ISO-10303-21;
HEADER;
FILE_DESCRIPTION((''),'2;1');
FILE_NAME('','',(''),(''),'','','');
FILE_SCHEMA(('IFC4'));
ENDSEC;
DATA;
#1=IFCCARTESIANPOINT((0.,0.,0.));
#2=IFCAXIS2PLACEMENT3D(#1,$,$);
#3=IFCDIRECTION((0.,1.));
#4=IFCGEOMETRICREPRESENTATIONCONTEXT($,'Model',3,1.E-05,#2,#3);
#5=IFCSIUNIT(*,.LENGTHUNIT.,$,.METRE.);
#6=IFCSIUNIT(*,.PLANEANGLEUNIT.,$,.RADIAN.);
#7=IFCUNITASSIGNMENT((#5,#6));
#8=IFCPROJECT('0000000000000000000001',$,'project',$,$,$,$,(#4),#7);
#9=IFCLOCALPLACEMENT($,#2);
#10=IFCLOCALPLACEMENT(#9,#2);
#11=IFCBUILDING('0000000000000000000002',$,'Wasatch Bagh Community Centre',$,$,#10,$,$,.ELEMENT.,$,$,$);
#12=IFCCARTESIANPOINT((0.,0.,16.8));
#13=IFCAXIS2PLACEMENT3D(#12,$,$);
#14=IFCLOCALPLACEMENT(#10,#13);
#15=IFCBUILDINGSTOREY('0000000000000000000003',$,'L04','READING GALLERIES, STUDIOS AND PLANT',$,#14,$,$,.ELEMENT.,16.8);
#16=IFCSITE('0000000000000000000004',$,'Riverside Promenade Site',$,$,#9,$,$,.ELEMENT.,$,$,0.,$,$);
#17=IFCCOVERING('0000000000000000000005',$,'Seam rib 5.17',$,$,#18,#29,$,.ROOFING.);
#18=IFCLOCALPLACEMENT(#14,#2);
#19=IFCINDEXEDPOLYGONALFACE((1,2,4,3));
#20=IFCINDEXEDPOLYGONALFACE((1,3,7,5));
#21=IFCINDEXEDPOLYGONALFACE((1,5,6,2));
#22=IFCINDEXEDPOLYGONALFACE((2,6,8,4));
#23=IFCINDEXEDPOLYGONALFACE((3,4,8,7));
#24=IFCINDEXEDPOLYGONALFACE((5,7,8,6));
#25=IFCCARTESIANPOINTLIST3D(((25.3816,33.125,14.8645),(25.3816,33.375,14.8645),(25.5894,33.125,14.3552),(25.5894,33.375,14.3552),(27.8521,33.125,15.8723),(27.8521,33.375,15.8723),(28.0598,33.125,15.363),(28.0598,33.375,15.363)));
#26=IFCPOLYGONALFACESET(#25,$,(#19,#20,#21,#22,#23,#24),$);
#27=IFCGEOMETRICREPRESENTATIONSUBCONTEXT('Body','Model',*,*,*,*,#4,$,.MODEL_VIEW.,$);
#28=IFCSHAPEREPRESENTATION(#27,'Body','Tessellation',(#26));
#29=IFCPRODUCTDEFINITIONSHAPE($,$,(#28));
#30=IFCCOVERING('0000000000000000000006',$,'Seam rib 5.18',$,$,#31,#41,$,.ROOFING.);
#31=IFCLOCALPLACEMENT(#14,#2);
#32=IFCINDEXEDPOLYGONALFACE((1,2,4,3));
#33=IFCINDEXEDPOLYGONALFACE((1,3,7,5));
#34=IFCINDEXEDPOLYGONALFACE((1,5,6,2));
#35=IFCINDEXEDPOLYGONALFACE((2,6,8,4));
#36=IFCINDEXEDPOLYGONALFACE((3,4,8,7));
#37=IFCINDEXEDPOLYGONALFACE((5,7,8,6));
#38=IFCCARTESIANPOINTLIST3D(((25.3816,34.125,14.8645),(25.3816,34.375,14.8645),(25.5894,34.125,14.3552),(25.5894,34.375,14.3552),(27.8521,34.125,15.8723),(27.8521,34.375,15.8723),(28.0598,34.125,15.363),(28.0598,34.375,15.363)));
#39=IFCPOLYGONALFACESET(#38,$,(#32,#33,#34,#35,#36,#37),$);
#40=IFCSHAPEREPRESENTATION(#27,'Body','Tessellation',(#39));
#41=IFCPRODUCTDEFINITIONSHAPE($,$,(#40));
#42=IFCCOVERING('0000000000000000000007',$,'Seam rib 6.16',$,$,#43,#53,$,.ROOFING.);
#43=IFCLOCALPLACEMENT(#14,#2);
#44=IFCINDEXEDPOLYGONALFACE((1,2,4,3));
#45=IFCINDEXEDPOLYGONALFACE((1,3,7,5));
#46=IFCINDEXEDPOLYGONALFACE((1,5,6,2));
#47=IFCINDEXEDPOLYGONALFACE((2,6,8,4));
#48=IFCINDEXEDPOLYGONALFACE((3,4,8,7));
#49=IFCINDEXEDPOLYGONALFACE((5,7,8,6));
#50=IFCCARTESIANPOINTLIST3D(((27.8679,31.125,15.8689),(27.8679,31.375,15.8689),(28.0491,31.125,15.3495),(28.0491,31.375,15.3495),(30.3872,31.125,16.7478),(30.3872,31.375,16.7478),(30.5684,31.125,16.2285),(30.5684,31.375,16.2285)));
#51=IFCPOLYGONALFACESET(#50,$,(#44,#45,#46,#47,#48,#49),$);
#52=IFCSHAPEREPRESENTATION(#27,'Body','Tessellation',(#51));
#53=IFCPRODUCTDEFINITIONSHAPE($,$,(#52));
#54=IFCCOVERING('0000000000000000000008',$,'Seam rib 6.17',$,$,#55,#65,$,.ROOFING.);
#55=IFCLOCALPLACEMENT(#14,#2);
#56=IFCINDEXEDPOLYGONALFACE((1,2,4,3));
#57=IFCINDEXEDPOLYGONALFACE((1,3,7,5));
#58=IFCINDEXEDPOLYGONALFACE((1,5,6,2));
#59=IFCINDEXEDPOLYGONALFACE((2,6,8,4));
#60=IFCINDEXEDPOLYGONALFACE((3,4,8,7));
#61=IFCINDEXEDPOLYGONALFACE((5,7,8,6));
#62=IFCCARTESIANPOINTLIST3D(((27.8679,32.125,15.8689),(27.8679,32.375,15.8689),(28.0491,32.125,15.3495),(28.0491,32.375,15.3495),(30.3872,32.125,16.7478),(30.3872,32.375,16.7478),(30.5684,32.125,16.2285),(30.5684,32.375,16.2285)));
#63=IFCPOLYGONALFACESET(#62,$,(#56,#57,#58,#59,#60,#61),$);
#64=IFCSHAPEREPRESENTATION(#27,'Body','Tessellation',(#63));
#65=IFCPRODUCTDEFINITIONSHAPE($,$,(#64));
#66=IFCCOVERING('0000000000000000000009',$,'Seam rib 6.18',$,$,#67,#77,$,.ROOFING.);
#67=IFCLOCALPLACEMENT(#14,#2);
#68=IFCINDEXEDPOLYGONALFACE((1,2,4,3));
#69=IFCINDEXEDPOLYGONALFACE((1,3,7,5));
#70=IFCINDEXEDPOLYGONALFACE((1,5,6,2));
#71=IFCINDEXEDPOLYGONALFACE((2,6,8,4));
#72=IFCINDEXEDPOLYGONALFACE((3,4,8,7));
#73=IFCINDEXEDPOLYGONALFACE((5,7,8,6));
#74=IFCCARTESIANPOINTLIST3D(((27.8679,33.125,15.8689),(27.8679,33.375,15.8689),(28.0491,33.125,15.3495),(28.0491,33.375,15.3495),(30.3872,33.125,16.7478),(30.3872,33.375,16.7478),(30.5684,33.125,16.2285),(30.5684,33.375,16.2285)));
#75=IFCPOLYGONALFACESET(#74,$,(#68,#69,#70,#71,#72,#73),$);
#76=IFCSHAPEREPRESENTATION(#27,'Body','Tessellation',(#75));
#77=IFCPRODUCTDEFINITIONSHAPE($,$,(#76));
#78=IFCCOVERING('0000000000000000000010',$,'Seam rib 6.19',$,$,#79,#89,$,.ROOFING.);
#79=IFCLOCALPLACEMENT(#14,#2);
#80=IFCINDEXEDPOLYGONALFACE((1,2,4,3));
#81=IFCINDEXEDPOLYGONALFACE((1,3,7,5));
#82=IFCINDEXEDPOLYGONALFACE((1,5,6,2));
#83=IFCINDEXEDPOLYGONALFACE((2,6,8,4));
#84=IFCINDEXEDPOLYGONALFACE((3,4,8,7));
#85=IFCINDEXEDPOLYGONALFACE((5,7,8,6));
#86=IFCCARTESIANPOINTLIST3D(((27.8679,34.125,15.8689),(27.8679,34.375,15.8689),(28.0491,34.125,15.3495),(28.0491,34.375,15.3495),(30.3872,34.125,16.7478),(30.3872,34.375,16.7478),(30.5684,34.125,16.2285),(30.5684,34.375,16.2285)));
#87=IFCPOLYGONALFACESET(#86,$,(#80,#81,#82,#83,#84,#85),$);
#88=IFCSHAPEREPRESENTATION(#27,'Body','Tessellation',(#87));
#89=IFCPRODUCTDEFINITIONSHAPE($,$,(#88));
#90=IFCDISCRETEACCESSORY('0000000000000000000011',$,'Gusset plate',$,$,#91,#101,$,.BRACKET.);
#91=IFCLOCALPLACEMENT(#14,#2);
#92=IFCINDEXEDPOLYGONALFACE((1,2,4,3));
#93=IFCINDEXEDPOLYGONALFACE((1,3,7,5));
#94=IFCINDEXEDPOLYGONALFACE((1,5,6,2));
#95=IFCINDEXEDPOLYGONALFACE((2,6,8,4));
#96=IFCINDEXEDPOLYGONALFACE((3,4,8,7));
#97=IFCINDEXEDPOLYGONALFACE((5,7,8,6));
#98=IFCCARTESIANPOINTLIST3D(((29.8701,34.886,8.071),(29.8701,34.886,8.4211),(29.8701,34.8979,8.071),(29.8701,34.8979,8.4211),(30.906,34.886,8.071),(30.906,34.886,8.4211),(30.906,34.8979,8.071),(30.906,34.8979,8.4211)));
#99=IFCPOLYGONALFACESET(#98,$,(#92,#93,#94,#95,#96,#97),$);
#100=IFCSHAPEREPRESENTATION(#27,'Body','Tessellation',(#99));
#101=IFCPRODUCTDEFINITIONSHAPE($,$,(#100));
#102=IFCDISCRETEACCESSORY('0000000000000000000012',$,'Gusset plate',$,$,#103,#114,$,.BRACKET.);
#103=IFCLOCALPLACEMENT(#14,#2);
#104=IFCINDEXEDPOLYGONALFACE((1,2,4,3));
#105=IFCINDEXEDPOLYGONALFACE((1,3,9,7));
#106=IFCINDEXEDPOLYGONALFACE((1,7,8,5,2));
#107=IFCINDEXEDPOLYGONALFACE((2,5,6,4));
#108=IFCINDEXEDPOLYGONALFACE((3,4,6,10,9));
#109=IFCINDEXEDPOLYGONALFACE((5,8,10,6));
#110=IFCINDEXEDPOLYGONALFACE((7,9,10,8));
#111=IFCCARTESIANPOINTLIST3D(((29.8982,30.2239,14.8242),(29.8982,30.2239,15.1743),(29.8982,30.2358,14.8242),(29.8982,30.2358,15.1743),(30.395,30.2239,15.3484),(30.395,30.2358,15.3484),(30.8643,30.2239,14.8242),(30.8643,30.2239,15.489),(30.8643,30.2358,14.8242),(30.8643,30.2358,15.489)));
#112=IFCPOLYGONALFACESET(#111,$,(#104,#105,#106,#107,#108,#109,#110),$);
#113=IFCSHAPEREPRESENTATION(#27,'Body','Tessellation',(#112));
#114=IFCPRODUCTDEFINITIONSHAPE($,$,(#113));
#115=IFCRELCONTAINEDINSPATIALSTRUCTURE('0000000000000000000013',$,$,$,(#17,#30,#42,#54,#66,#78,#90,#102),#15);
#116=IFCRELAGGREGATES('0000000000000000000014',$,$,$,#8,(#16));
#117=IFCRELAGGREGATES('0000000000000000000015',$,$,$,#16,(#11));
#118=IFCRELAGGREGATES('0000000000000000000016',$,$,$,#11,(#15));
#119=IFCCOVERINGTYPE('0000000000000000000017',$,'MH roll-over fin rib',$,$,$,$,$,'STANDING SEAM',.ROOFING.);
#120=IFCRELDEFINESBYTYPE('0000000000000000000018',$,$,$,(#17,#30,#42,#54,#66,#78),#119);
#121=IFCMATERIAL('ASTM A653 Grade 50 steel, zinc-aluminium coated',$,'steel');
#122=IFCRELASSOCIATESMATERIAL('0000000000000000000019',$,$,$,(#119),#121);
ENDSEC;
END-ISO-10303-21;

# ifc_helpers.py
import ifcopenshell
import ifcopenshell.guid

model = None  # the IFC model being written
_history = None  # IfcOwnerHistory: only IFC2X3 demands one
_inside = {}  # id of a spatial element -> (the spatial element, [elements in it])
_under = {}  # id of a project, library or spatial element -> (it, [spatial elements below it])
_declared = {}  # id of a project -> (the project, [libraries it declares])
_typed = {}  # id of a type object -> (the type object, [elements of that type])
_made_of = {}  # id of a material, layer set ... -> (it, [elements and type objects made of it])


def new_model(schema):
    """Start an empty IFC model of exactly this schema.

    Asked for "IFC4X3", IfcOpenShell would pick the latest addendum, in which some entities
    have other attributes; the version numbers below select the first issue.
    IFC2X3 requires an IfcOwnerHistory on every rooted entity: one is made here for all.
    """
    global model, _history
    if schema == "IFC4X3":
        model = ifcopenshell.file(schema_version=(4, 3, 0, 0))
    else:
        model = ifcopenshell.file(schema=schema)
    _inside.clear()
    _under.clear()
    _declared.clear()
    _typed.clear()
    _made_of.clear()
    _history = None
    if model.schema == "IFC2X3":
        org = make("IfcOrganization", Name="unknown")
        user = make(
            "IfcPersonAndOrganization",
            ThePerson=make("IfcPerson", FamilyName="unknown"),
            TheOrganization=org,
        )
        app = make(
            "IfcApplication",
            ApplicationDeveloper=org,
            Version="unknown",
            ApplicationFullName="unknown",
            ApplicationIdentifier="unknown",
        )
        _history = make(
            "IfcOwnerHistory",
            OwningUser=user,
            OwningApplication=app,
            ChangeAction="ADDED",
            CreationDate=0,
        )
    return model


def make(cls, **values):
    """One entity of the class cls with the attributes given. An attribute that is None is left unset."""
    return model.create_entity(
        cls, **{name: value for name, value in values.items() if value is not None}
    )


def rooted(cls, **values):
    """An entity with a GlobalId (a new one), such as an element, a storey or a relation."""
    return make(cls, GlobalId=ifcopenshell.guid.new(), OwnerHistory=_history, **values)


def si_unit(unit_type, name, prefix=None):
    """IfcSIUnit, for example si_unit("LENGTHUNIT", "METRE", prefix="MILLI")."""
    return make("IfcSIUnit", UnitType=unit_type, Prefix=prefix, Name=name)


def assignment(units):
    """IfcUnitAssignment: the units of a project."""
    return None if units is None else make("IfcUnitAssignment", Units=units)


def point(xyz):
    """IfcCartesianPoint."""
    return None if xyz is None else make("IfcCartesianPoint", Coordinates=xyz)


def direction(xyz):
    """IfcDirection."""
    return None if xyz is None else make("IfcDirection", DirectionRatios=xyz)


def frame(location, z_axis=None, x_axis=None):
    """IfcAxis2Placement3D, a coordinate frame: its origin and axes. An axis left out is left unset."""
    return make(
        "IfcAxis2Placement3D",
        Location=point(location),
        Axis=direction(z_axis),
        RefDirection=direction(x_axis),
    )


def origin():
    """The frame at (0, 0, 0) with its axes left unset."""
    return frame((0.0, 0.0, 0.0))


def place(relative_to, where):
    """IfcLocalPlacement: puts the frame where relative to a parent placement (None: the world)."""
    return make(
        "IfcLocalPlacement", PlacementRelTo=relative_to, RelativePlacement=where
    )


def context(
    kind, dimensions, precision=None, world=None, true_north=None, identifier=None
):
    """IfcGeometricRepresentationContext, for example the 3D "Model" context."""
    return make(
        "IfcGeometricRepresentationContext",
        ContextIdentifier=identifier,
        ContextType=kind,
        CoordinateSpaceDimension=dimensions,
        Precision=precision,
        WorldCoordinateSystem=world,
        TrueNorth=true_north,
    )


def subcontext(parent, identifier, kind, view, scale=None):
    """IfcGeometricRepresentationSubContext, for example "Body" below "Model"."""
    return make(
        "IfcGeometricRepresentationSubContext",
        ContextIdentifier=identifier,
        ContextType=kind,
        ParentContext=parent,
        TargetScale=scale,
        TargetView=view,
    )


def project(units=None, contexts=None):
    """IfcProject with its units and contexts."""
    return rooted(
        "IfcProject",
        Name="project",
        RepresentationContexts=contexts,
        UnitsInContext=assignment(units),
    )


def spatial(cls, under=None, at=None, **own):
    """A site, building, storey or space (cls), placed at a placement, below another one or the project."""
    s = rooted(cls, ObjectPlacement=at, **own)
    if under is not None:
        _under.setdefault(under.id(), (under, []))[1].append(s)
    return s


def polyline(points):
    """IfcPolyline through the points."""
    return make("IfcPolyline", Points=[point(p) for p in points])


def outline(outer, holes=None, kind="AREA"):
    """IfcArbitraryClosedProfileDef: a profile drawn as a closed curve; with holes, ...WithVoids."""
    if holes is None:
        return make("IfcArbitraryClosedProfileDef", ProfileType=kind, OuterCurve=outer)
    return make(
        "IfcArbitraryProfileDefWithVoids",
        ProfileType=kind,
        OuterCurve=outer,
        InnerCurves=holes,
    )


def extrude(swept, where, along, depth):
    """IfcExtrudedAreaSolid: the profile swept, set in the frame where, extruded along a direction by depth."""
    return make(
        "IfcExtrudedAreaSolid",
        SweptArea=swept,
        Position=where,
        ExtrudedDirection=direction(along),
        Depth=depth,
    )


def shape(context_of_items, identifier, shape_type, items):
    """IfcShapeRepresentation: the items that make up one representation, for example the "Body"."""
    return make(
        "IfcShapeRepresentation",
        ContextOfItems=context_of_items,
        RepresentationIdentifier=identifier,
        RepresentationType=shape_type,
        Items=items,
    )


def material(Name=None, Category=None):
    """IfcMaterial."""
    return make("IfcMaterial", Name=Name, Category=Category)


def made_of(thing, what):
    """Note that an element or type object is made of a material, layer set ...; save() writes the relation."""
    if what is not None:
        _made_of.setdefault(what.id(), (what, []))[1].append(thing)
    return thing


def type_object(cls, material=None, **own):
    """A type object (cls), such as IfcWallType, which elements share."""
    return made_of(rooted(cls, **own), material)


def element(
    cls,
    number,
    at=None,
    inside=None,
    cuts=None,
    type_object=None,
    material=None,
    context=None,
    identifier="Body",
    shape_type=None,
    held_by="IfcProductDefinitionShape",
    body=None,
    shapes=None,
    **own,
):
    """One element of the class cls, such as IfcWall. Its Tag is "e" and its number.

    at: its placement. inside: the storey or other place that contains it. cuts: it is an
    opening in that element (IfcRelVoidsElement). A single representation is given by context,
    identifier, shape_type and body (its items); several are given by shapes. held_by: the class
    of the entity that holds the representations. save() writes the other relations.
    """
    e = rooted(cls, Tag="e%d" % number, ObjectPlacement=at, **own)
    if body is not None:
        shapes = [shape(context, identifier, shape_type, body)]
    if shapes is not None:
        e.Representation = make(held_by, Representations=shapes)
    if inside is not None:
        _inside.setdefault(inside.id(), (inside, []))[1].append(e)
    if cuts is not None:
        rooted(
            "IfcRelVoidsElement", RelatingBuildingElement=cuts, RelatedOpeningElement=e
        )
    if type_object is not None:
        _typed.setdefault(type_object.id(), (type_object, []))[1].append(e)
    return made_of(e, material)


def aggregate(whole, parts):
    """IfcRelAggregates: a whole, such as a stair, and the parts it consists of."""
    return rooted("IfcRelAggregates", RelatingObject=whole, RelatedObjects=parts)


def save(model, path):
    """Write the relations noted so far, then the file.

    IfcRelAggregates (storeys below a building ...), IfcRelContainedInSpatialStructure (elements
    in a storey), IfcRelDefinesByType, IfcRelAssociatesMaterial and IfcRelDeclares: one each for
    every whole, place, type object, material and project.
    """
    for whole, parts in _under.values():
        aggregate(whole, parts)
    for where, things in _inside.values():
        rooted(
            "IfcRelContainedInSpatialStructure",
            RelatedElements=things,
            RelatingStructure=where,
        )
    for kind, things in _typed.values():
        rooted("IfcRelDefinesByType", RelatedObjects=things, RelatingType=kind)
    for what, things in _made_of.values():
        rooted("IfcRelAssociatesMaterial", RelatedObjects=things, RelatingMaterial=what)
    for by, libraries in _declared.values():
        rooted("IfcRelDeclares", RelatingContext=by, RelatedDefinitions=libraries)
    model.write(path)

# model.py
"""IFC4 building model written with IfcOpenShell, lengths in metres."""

from ifc_helpers import new_model, si_unit, direction, frame, origin, place, context, subcontext, project, spatial, polyline, outline, extrude, material, type_object, element, save


model = new_model("IFC4")

# Units and contexts
model_context = context("Model", 3, precision=1e-05, world=origin(), true_north=direction((0.0, 1.0)))
body_context = subcontext(model_context, "Body", "Model", "MODEL_VIEW")
ifc_project = project(units=[si_unit("LENGTHUNIT", "METRE"), si_unit("PLANEANGLEUNIT", "RADIAN")], contexts=[model_context])

# Site, building, storey
site_placement = place(None, origin())
site = spatial("IfcSite", under=ifc_project, at=site_placement, Name="Riverside Promenade Site", CompositionType="ELEMENT", RefElevation=0.0)
building_placement = place(site_placement, origin())
building = spatial("IfcBuilding", under=site, at=building_placement, Name="Wasatch Bagh Community Centre", CompositionType="ELEMENT")
storey_placement = place(building_placement, frame((0.0, 0.0, 16.8)))
storey = spatial("IfcBuildingStorey", under=building, at=storey_placement, Name="L04", Description="READING GALLERIES, STUDIOS AND PLANT", CompositionType="ELEMENT", Elevation=16.8)

# Coverings
ifc_material_1 = material(Name="ASTM A653 Grade 50 steel, zinc-aluminium coated", Category="steel")
covering_type = type_object("IfcCoveringType", Name="MH roll-over fin rib", ElementType="STANDING SEAM", PredefinedType="ROOFING", material=ifc_material_1)
for number, where, z_axis, x_axis, name in (
    (1, (25.3816, 33.125, 14.8645), (-0.377724, 0.0, 0.925918), (0.925918, 0.0, 0.377724), "Seam rib 5.17"),
    (2, (25.3816, 34.125, 14.8645), (-0.377724, 0.0, 0.925918), (0.925918, 0.0, 0.377724), "Seam rib 5.18"),
):
    element("IfcCovering", number, at=place(storey_placement, frame(where, z_axis=z_axis, x_axis=x_axis)), inside=storey, type_object=covering_type, Name=name, PredefinedType="ROOFING", context=body_context, shape_type="SweptSolid", body=[
        extrude(outline(polyline([(0.0, 0.0), (2.6681, 0.0), (2.6681, 0.25), (0.0, 0.25), (0.0, 0.0)])), origin(), (0.0, 0.0, -1.0), 0.55),
    ])
for number, where, z_axis, x_axis, name in (
    (3, (27.8679, 31.125, 15.8689), (-0.329401, 0.0, 0.94419), (0.94419, 0.0, 0.329401), "Seam rib 6.16"),
    (4, (27.8679, 32.125, 15.8689), (-0.329401, 0.0, 0.94419), (0.94419, 0.0, 0.329401), "Seam rib 6.17"),
    (5, (27.8679, 33.125, 15.8689), (-0.329401, 0.0, 0.94419), (0.94419, 0.0, 0.329401), "Seam rib 6.18"),
    (6, (27.8679, 34.125, 15.8689), (-0.329401, 0.0, 0.94419), (0.94419, 0.0, 0.329401), "Seam rib 6.19"),
):
    element("IfcCovering", number, at=place(storey_placement, frame(where, z_axis=z_axis, x_axis=x_axis)), inside=storey, type_object=covering_type, Name=name, PredefinedType="ROOFING", context=body_context, shape_type="SweptSolid", body=[
        extrude(outline(polyline([(0.0, 0.0), (2.6682, 0.0), (2.6682, 0.25), (0.0, 0.25), (0.0, 0.0)])), origin(), (0.0, 0.0, -1.0), 0.55),
    ])

# Discrete accessories
discrete_accessory_1_placement = place(storey_placement, frame((29.8701, 34.886, 8.071), z_axis=(0.0, -1.0, 0.0), x_axis=(1.0, 0.0, 0.0)))
element("IfcDiscreteAccessory", 7, at=discrete_accessory_1_placement, inside=storey, Name="Gusset plate", PredefinedType="BRACKET", context=body_context, shape_type="SweptSolid", body=[
    extrude(outline(polyline([(0.0, 0.0), (1.0359, 0.0), (1.0359, 0.3501), (0.0, 0.3501), (0.0, 0.0)])), origin(), (0.0, 0.0, -1.0), 0.012),
])
discrete_accessory_2_placement = place(storey_placement, frame((29.8982, 30.2358, 15.1743), z_axis=(0.0, 1.0, 0.0), x_axis=(0.94375, 0.0, 0.33066)))
element("IfcDiscreteAccessory", 8, at=discrete_accessory_2_placement, inside=storey, Name="Gusset plate", PredefinedType="BRACKET", context=body_context, shape_type="SweptSolid", body=[
    extrude(outline(polyline([(0.0, 0.0), (0.5264, 0.0), (1.0158, 0.0224), (0.796, 0.6498), (-0.1158, 0.3304), (0.0, 0.0)])), origin(), (0.0, 0.0, -1.0), 0.012),
])

save(model, "model.ifc")
